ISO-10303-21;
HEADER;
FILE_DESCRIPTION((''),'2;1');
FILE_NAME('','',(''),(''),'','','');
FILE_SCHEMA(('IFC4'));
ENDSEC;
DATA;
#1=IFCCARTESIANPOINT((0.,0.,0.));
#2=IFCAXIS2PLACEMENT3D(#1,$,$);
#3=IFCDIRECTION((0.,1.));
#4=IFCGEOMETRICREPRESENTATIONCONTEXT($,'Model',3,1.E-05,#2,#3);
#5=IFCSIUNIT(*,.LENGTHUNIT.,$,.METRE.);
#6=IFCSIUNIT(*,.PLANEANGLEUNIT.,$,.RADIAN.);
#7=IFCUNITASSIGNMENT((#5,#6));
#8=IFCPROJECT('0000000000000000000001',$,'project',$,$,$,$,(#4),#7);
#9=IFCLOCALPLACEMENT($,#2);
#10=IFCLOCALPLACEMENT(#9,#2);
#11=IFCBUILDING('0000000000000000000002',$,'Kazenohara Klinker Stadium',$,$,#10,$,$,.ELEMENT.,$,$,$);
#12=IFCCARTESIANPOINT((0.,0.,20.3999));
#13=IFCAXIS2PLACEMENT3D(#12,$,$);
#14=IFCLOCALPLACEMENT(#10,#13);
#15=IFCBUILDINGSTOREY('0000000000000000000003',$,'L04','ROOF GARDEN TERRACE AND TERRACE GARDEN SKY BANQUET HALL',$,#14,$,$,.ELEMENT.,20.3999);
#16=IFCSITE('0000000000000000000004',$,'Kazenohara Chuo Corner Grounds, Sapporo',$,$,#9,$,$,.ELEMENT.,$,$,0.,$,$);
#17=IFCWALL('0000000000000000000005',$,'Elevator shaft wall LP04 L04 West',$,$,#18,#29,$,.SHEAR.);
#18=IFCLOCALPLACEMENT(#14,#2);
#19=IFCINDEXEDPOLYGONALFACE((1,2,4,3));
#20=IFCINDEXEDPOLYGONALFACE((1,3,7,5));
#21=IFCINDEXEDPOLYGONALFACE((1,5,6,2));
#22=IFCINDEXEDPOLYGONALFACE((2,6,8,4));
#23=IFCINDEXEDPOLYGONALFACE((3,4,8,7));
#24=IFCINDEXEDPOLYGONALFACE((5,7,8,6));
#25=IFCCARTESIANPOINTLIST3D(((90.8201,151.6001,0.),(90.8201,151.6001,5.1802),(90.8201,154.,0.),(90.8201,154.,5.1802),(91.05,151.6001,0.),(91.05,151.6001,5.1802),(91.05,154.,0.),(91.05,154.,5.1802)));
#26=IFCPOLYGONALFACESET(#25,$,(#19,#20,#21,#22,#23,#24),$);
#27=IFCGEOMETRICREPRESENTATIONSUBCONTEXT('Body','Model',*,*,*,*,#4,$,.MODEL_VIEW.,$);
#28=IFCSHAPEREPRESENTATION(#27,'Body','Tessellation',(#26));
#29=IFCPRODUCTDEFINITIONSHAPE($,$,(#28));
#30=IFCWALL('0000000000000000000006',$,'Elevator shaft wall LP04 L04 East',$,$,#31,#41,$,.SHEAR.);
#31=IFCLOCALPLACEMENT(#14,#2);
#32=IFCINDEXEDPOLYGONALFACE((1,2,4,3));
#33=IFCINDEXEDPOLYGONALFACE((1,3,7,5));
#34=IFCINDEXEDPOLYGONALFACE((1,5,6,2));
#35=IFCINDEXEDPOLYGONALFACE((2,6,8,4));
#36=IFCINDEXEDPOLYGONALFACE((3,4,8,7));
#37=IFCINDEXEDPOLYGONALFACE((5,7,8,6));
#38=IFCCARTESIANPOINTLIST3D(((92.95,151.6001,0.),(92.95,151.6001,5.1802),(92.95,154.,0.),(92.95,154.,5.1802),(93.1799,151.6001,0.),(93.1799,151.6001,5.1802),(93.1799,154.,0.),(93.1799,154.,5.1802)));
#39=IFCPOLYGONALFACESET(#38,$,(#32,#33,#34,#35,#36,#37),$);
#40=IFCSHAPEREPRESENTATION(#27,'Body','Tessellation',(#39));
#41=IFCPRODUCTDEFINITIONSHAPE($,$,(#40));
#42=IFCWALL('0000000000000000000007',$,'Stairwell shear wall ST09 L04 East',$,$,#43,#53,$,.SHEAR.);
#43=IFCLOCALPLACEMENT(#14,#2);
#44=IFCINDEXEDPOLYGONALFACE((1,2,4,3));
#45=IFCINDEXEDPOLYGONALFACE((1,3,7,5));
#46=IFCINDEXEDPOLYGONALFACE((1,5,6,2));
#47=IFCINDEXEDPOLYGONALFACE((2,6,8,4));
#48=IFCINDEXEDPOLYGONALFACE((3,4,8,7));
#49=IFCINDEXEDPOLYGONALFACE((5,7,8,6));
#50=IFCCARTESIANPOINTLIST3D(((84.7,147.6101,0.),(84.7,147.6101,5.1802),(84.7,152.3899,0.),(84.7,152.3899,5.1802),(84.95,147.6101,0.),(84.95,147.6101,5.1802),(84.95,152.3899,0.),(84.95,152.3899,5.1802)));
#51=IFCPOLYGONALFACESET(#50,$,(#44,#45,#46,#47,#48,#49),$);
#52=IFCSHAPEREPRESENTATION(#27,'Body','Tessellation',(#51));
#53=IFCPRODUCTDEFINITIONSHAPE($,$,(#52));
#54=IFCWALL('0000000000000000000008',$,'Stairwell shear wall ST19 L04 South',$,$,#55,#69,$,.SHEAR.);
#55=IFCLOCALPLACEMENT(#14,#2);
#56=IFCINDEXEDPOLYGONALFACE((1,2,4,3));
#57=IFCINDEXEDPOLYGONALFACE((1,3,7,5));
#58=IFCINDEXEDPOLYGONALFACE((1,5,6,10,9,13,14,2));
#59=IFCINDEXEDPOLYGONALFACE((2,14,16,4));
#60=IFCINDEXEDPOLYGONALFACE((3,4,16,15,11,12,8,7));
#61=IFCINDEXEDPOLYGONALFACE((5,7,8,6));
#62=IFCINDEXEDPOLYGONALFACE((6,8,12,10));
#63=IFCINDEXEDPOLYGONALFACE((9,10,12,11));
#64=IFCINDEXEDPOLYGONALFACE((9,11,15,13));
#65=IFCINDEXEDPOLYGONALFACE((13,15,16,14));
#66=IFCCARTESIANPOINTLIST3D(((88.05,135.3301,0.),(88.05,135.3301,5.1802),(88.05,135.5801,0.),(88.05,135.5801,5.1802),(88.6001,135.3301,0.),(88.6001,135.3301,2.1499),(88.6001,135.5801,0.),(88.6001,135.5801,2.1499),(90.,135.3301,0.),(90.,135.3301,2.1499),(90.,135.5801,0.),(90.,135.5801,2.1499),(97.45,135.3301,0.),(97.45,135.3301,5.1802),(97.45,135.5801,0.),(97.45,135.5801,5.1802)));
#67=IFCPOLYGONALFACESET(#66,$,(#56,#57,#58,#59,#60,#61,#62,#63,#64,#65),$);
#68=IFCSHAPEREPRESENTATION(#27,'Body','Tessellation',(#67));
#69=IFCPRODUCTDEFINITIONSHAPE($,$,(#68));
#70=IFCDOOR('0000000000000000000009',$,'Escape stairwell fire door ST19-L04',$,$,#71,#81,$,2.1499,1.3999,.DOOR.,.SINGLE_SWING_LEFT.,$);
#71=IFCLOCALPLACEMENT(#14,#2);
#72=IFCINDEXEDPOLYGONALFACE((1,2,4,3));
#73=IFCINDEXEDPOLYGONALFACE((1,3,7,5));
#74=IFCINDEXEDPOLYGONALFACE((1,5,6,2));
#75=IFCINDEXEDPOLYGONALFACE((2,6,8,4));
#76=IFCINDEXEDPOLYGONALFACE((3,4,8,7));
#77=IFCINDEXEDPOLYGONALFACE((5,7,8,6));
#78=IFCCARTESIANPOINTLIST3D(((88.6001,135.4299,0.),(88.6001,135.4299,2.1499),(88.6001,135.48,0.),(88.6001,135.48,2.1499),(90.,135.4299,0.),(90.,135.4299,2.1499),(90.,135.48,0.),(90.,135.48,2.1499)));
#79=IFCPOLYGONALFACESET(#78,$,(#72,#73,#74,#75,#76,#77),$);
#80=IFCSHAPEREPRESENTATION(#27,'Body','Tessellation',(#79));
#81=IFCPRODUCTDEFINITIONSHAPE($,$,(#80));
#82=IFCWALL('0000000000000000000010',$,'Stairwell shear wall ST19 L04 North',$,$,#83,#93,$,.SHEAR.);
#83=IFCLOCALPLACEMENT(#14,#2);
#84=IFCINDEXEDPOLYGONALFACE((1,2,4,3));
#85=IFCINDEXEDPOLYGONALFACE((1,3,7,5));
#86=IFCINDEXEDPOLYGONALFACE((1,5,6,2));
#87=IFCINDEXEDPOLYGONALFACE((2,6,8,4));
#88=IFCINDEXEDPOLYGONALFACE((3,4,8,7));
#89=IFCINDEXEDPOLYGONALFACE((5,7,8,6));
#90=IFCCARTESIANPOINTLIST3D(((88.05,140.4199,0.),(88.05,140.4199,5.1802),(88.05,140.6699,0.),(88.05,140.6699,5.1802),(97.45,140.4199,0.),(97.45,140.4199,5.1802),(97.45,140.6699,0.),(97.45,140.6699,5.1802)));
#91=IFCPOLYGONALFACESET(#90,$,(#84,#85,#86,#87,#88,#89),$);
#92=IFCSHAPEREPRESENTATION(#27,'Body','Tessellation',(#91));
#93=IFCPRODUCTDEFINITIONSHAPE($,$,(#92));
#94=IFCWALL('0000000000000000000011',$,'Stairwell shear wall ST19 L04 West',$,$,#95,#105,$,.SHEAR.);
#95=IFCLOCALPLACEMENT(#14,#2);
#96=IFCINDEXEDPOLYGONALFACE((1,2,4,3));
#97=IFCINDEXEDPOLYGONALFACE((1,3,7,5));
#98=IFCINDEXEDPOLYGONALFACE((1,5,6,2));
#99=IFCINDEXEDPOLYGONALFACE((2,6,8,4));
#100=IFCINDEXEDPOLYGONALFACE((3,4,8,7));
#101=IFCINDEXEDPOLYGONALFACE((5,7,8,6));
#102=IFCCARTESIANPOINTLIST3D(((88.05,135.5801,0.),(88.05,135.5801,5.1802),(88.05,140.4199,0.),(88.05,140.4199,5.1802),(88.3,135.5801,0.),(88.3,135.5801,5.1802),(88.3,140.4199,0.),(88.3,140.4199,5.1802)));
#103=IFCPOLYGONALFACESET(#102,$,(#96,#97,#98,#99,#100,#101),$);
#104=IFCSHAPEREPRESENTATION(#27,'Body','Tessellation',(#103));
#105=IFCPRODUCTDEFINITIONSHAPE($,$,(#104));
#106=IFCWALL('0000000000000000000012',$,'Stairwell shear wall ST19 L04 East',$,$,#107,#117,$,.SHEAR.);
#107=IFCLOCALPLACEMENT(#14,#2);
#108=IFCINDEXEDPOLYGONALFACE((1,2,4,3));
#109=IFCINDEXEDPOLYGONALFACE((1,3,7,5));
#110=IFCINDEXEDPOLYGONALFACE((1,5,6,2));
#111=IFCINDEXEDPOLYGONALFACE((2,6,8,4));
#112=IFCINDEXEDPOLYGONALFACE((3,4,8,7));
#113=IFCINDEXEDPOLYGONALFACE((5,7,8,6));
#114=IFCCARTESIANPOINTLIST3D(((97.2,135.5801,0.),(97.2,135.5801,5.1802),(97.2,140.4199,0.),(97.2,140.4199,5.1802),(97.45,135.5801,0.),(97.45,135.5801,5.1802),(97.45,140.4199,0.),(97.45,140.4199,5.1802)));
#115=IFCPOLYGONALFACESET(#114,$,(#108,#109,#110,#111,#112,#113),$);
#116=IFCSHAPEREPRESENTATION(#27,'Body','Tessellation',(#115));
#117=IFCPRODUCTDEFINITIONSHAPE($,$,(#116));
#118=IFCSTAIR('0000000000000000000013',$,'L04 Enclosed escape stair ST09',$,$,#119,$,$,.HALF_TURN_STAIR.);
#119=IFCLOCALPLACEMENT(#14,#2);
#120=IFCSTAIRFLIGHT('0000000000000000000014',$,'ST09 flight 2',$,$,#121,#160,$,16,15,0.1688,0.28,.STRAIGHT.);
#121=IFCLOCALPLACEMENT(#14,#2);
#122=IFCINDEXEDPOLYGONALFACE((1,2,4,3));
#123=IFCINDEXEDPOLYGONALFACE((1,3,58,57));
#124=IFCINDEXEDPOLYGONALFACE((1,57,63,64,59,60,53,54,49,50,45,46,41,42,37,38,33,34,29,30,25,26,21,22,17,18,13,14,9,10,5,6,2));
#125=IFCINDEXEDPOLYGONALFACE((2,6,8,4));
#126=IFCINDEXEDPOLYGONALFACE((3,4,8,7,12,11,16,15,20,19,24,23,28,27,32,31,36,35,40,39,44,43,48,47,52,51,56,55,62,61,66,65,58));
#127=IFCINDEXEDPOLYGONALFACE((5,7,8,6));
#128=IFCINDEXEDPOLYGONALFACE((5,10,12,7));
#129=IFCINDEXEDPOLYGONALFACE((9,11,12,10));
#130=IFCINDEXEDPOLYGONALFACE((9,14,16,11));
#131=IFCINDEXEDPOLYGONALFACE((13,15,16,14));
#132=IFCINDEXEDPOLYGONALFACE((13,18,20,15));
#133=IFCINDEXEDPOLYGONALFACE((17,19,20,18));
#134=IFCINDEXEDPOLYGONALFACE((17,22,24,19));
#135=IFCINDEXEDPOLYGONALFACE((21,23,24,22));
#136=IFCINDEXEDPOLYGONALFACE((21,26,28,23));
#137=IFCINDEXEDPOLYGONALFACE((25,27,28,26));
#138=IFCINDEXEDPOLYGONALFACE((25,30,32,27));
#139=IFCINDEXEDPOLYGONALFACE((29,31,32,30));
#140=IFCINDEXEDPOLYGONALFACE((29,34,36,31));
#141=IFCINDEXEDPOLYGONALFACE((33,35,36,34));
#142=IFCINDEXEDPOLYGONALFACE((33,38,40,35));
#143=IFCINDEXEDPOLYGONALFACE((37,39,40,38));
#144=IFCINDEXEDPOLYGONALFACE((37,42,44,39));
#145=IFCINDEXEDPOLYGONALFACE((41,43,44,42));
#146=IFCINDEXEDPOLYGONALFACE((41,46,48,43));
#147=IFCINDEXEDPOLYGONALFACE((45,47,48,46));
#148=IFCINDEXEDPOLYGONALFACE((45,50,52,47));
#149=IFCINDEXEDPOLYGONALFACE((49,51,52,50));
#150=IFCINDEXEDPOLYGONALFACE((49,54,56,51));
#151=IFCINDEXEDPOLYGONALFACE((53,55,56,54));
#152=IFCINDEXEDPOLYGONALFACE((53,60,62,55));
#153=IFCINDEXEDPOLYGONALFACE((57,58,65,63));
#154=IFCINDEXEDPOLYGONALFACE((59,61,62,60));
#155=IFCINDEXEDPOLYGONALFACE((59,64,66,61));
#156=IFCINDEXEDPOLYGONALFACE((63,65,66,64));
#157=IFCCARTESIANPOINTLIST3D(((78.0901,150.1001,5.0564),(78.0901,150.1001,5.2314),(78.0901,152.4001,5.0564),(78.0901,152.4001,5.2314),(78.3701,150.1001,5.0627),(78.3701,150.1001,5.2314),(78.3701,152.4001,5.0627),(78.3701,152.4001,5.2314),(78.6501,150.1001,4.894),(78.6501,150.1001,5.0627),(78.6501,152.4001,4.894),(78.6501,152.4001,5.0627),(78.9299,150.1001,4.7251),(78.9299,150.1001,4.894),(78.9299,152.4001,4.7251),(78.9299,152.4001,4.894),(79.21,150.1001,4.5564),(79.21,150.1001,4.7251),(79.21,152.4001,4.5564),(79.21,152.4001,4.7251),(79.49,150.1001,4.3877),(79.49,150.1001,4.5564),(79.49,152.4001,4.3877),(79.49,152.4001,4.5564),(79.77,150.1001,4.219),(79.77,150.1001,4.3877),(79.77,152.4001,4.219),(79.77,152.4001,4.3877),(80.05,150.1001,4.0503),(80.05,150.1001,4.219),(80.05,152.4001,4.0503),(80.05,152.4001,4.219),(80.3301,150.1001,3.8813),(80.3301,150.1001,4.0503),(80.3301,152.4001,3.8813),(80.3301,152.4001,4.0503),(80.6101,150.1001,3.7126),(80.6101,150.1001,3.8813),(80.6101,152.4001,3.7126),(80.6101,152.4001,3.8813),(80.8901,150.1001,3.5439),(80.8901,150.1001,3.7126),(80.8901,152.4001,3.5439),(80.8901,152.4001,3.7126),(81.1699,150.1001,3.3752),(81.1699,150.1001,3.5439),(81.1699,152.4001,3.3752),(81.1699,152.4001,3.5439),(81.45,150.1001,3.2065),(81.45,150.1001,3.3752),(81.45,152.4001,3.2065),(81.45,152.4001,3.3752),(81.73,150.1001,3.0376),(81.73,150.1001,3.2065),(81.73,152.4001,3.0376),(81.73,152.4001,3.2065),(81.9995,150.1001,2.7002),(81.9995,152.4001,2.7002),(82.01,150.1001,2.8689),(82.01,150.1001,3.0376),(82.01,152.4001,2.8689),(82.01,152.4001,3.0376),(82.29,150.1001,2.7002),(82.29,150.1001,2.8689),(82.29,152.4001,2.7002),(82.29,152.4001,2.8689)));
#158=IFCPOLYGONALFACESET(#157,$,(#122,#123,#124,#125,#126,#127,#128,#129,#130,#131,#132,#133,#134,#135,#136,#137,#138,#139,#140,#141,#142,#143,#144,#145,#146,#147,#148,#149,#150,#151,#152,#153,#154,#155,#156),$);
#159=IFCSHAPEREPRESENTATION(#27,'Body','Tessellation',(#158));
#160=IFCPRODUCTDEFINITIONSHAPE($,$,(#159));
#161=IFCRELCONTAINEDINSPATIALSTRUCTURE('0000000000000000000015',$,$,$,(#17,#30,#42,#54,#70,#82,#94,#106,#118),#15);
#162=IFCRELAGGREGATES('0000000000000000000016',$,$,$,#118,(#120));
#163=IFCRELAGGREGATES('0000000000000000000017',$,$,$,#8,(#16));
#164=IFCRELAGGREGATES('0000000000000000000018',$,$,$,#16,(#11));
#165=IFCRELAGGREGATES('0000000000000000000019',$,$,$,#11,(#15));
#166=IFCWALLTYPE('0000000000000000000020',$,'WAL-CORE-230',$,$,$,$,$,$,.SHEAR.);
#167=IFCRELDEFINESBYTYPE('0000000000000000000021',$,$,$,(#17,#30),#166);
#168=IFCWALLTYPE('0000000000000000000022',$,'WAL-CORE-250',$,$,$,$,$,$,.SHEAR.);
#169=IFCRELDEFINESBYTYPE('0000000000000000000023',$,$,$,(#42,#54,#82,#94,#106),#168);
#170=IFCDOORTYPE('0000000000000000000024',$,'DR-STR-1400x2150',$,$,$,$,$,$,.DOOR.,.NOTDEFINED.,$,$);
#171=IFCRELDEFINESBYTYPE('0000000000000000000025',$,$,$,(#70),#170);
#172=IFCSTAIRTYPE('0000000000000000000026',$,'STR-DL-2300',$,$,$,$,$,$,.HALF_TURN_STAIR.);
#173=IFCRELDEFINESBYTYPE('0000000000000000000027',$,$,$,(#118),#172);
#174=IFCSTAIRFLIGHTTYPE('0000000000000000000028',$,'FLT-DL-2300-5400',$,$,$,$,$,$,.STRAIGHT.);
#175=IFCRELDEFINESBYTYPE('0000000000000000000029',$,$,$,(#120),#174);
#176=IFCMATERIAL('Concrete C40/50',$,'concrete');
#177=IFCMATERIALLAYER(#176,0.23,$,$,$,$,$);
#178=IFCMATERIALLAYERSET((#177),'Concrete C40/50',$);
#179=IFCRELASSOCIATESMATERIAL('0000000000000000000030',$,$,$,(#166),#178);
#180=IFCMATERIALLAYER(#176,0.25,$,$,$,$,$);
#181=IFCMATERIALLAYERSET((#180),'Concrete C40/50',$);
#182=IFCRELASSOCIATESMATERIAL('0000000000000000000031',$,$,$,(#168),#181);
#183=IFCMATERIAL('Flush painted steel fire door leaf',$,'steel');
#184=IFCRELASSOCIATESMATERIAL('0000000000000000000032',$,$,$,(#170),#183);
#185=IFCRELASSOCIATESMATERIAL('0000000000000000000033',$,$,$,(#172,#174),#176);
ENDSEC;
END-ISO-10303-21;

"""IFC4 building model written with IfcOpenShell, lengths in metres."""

from ifc_helpers import new_model, si_unit, direction, frame, frame_2d, origin, place, context, subcontext, project, spatial, polyline, rectangle, outline, extrude, material, layer, layer_set, type_object, element, fill, aggregate, save


model = new_model("IFC4")

# Units and contexts
model_context = context("Model", 3, precision=1e-05, world=origin(), true_north=direction((0.0, 1.0)))
body_context = subcontext(model_context, "Body", "Model", "MODEL_VIEW")
ifc_project = project(units=[si_unit("LENGTHUNIT", "METRE"), si_unit("PLANEANGLEUNIT", "RADIAN")], contexts=[model_context])

# Site, building, storey
site_placement = place(None, origin())
site = spatial("IfcSite", under=ifc_project, at=site_placement, Name="Kazenohara Chuo Corner Grounds, Sapporo", CompositionType="ELEMENT", RefElevation=0.0)
building_placement = place(site_placement, origin())
building = spatial("IfcBuilding", under=site, at=building_placement, Name="Kazenohara Klinker Stadium", CompositionType="ELEMENT")
storey_placement = place(building_placement, frame((0.0, 0.0, 20.3999)))
storey = spatial("IfcBuildingStorey", under=building, at=storey_placement, Name="L04", Description="ROOF GARDEN TERRACE AND TERRACE GARDEN SKY BANQUET HALL", CompositionType="ELEMENT", Elevation=20.3999)

# Shared definitions
ifc_material_1 = material(Name="Concrete C40/50", Category="concrete")

# Shared definitions
ifc_layer_1 = layer(ifc_material_1, 0.23)
ifc_layer_set_1 = layer_set([ifc_layer_1], Name="Concrete C40/50")
wall_type_1 = type_object("IfcWallType", Name="WAL-CORE-230", PredefinedType="SHEAR", material=ifc_layer_set_1)

# Walls
for number, where, z_axis, x_axis, name in (
    (1, (90.9351, 151.6001, 0.0), (0.0, 0.0, 1.0), (0.0, 1.0, 0.0), "Elevator shaft wall LP04 L04 West"),
    (2, (93.0649, 151.6001, 0.0), (0.0, 0.0, 1.0), (0.0, 1.0, 0.0), "Elevator shaft wall LP04 L04 East"),
):
    element("IfcWall", number, at=place(storey_placement, frame(where, z_axis=z_axis, x_axis=x_axis)), inside=storey, type_object=wall_type_1, Name=name, PredefinedType="SHEAR", context=body_context, shape_type="SweptSolid", body=[
        extrude(rectangle(XDim=2.3999, YDim=0.23, at=frame_2d((1.2, 0.0))), origin(), (0.0, 0.0, 1.0), 5.1802),
    ])
ifc_layer_2 = layer(ifc_material_1, 0.25)
ifc_layer_set_2 = layer_set([ifc_layer_2], Name="Concrete C40/50")
wall_type_2 = type_object("IfcWallType", Name="WAL-CORE-250", PredefinedType="SHEAR", material=ifc_layer_set_2)
wall_1_placement = place(storey_placement, frame((84.825, 147.6101, 0.0), z_axis=(0.0, 0.0, 1.0), x_axis=(0.0, 1.0, 0.0)))
element("IfcWall", 3, at=wall_1_placement, inside=storey, type_object=wall_type_2, Name="Stairwell shear wall ST09 L04 East", PredefinedType="SHEAR", context=body_context, shape_type="SweptSolid", body=[
    extrude(rectangle(XDim=4.7798, YDim=0.25, at=frame_2d((2.3899, 0.0))), origin(), (0.0, 0.0, 1.0), 5.1802),
])

# Wall, opening, door
wall_2_placement = place(storey_placement, frame((88.05, 135.4551, 0.0), z_axis=(0.0, 0.0, 1.0), x_axis=(1.0, 0.0, 0.0)))
wall_2 = element("IfcWall", 4, at=wall_2_placement, inside=storey, type_object=wall_type_2, Name="Stairwell shear wall ST19 L04 South", PredefinedType="SHEAR", context=body_context, shape_type="SweptSolid", body=[
    extrude(rectangle(XDim=9.3999, YDim=0.25, at=frame_2d((4.7, 0.0))), origin(), (0.0, 0.0, 1.0), 5.1802),
])
opening_1_placement = place(wall_2_placement, frame((0.55, 0.0, 0.0)))
opening_1 = element("IfcOpeningElement", 5, at=opening_1_placement, cuts=wall_2, PredefinedType="OPENING", context=body_context, shape_type="SweptSolid", body=[
    extrude(rectangle(XDim=1.3999, YDim=2.1499, at=frame_2d((0.7, 1.075))), frame((0.0, 0.135, 0.0), z_axis=(0.0, -1.0, 0.0), x_axis=(1.0, 0.0, 0.0)), (0.0, 0.0, 1.0), 0.27),
])
ifc_material_2 = material(Name="Flush painted steel fire door leaf", Category="steel")
door_type_1 = type_object("IfcDoorType", Name="DR-STR-1400x2150", OperationType="NOTDEFINED", PredefinedType="DOOR", material=ifc_material_2)
door_1_placement = place(opening_1_placement, origin())
door_1 = element("IfcDoor", 6, at=door_1_placement, inside=storey, type_object=door_type_1, Name="Escape stairwell fire door ST19-L04", OperationType="SINGLE_SWING_LEFT", OverallHeight=2.1499, OverallWidth=1.3999, PredefinedType="DOOR", context=body_context, shape_type="SweptSolid", body=[
    extrude(rectangle(XDim=1.3999, YDim=2.1499, at=frame_2d((0.7, 1.075))), frame((0.0, 0.0249, 0.0), z_axis=(0.0, -1.0, 0.0), x_axis=(1.0, 0.0, 0.0)), (0.0, 0.0, 1.0), 0.05),
])
fill(opening_1, door_1)

# Walls
wall_3_placement = place(storey_placement, frame((88.05, 140.5449, 0.0), z_axis=(0.0, 0.0, 1.0), x_axis=(1.0, 0.0, 0.0)))
element("IfcWall", 7, at=wall_3_placement, inside=storey, type_object=wall_type_2, Name="Stairwell shear wall ST19 L04 North", PredefinedType="SHEAR", context=body_context, shape_type="SweptSolid", body=[
    extrude(rectangle(XDim=9.3999, YDim=0.25, at=frame_2d((4.7, 0.0))), origin(), (0.0, 0.0, 1.0), 5.1802),
])
for number, where, z_axis, x_axis, name in (
    (8, (88.175, 135.5801, 0.0), (0.0, 0.0, 1.0), (0.0, 1.0, 0.0), "Stairwell shear wall ST19 L04 West"),
    (9, (97.325, 135.5801, 0.0), (0.0, 0.0, 1.0), (0.0, 1.0, 0.0), "Stairwell shear wall ST19 L04 East"),
):
    element("IfcWall", number, at=place(storey_placement, frame(where, z_axis=z_axis, x_axis=x_axis)), inside=storey, type_object=wall_type_2, Name=name, PredefinedType="SHEAR", context=body_context, shape_type="SweptSolid", body=[
        extrude(rectangle(XDim=4.8398, YDim=0.25, at=frame_2d((2.4199, 0.0))), origin(), (0.0, 0.0, 1.0), 5.1802),
    ])

# Stair, stair flight
stair_type = type_object("IfcStairType", Name="STR-DL-2300", PredefinedType="HALF_TURN_STAIR", material=ifc_material_1)
stair_placement = place(storey_placement, origin())
stair = element("IfcStair", 10, at=stair_placement, inside=storey, type_object=stair_type, Name="L04 Enclosed escape stair ST09", PredefinedType="HALF_TURN_STAIR")
stair_flight_type = type_object("IfcStairFlightType", Name="FLT-DL-2300-5400", PredefinedType="STRAIGHT", material=ifc_material_1)
stair_flight_placement = place(storey_placement, frame((82.29, 151.25, 2.7002), z_axis=(0.0, 0.0, 1.0), x_axis=(-1.0, 0.0, 0.0)))
stair_flight = element("IfcStairFlight", 11, at=stair_flight_placement, type_object=stair_flight_type, Name="ST09 flight 2", NumberOfRisers=16, NumberOfTreads=15, PredefinedType="STRAIGHT", RiserHeight=0.1688, TreadLength=0.28, context=body_context, shape_type="SweptSolid", body=[
    extrude(outline(polyline([(0.0, 0.0), (0.0, 0.1687), (0.28, 0.1687), (0.28, 0.3374), (0.5601, 0.3374), (0.5601, 0.5063), (0.8401, 0.5063), (0.8401, 0.675), (1.1201, 0.675), (1.1201, 0.8438), (1.3999, 0.8438), (1.3999, 1.0125), (1.6799, 1.0125), (1.6799, 1.1812), (1.96, 1.1812), (1.96, 1.3501), (2.24, 1.3501), (2.24, 1.5188), (2.52, 1.5188), (2.52, 1.6875), (2.8, 1.6875), (2.8, 1.8562), (3.0801, 1.8562), (3.0801, 2.0249), (3.3601, 2.0249), (3.3601, 2.1938), (3.6399, 2.1938), (3.6399, 2.3625), (3.9199, 2.3625), (3.9199, 2.5312), (4.2, 2.5312), (4.2, 2.7), (4.2, 2.3562), (0.2905, 0.0), (0.0, 0.0)])), frame((0.0, 1.1499, 0.0), z_axis=(0.0, -1.0, 0.0), x_axis=(1.0, 0.0, 0.0)), (0.0, 0.0, 1.0), 2.3),
])
aggregate(stair, [stair_flight])

save(model, "model.ifc")
